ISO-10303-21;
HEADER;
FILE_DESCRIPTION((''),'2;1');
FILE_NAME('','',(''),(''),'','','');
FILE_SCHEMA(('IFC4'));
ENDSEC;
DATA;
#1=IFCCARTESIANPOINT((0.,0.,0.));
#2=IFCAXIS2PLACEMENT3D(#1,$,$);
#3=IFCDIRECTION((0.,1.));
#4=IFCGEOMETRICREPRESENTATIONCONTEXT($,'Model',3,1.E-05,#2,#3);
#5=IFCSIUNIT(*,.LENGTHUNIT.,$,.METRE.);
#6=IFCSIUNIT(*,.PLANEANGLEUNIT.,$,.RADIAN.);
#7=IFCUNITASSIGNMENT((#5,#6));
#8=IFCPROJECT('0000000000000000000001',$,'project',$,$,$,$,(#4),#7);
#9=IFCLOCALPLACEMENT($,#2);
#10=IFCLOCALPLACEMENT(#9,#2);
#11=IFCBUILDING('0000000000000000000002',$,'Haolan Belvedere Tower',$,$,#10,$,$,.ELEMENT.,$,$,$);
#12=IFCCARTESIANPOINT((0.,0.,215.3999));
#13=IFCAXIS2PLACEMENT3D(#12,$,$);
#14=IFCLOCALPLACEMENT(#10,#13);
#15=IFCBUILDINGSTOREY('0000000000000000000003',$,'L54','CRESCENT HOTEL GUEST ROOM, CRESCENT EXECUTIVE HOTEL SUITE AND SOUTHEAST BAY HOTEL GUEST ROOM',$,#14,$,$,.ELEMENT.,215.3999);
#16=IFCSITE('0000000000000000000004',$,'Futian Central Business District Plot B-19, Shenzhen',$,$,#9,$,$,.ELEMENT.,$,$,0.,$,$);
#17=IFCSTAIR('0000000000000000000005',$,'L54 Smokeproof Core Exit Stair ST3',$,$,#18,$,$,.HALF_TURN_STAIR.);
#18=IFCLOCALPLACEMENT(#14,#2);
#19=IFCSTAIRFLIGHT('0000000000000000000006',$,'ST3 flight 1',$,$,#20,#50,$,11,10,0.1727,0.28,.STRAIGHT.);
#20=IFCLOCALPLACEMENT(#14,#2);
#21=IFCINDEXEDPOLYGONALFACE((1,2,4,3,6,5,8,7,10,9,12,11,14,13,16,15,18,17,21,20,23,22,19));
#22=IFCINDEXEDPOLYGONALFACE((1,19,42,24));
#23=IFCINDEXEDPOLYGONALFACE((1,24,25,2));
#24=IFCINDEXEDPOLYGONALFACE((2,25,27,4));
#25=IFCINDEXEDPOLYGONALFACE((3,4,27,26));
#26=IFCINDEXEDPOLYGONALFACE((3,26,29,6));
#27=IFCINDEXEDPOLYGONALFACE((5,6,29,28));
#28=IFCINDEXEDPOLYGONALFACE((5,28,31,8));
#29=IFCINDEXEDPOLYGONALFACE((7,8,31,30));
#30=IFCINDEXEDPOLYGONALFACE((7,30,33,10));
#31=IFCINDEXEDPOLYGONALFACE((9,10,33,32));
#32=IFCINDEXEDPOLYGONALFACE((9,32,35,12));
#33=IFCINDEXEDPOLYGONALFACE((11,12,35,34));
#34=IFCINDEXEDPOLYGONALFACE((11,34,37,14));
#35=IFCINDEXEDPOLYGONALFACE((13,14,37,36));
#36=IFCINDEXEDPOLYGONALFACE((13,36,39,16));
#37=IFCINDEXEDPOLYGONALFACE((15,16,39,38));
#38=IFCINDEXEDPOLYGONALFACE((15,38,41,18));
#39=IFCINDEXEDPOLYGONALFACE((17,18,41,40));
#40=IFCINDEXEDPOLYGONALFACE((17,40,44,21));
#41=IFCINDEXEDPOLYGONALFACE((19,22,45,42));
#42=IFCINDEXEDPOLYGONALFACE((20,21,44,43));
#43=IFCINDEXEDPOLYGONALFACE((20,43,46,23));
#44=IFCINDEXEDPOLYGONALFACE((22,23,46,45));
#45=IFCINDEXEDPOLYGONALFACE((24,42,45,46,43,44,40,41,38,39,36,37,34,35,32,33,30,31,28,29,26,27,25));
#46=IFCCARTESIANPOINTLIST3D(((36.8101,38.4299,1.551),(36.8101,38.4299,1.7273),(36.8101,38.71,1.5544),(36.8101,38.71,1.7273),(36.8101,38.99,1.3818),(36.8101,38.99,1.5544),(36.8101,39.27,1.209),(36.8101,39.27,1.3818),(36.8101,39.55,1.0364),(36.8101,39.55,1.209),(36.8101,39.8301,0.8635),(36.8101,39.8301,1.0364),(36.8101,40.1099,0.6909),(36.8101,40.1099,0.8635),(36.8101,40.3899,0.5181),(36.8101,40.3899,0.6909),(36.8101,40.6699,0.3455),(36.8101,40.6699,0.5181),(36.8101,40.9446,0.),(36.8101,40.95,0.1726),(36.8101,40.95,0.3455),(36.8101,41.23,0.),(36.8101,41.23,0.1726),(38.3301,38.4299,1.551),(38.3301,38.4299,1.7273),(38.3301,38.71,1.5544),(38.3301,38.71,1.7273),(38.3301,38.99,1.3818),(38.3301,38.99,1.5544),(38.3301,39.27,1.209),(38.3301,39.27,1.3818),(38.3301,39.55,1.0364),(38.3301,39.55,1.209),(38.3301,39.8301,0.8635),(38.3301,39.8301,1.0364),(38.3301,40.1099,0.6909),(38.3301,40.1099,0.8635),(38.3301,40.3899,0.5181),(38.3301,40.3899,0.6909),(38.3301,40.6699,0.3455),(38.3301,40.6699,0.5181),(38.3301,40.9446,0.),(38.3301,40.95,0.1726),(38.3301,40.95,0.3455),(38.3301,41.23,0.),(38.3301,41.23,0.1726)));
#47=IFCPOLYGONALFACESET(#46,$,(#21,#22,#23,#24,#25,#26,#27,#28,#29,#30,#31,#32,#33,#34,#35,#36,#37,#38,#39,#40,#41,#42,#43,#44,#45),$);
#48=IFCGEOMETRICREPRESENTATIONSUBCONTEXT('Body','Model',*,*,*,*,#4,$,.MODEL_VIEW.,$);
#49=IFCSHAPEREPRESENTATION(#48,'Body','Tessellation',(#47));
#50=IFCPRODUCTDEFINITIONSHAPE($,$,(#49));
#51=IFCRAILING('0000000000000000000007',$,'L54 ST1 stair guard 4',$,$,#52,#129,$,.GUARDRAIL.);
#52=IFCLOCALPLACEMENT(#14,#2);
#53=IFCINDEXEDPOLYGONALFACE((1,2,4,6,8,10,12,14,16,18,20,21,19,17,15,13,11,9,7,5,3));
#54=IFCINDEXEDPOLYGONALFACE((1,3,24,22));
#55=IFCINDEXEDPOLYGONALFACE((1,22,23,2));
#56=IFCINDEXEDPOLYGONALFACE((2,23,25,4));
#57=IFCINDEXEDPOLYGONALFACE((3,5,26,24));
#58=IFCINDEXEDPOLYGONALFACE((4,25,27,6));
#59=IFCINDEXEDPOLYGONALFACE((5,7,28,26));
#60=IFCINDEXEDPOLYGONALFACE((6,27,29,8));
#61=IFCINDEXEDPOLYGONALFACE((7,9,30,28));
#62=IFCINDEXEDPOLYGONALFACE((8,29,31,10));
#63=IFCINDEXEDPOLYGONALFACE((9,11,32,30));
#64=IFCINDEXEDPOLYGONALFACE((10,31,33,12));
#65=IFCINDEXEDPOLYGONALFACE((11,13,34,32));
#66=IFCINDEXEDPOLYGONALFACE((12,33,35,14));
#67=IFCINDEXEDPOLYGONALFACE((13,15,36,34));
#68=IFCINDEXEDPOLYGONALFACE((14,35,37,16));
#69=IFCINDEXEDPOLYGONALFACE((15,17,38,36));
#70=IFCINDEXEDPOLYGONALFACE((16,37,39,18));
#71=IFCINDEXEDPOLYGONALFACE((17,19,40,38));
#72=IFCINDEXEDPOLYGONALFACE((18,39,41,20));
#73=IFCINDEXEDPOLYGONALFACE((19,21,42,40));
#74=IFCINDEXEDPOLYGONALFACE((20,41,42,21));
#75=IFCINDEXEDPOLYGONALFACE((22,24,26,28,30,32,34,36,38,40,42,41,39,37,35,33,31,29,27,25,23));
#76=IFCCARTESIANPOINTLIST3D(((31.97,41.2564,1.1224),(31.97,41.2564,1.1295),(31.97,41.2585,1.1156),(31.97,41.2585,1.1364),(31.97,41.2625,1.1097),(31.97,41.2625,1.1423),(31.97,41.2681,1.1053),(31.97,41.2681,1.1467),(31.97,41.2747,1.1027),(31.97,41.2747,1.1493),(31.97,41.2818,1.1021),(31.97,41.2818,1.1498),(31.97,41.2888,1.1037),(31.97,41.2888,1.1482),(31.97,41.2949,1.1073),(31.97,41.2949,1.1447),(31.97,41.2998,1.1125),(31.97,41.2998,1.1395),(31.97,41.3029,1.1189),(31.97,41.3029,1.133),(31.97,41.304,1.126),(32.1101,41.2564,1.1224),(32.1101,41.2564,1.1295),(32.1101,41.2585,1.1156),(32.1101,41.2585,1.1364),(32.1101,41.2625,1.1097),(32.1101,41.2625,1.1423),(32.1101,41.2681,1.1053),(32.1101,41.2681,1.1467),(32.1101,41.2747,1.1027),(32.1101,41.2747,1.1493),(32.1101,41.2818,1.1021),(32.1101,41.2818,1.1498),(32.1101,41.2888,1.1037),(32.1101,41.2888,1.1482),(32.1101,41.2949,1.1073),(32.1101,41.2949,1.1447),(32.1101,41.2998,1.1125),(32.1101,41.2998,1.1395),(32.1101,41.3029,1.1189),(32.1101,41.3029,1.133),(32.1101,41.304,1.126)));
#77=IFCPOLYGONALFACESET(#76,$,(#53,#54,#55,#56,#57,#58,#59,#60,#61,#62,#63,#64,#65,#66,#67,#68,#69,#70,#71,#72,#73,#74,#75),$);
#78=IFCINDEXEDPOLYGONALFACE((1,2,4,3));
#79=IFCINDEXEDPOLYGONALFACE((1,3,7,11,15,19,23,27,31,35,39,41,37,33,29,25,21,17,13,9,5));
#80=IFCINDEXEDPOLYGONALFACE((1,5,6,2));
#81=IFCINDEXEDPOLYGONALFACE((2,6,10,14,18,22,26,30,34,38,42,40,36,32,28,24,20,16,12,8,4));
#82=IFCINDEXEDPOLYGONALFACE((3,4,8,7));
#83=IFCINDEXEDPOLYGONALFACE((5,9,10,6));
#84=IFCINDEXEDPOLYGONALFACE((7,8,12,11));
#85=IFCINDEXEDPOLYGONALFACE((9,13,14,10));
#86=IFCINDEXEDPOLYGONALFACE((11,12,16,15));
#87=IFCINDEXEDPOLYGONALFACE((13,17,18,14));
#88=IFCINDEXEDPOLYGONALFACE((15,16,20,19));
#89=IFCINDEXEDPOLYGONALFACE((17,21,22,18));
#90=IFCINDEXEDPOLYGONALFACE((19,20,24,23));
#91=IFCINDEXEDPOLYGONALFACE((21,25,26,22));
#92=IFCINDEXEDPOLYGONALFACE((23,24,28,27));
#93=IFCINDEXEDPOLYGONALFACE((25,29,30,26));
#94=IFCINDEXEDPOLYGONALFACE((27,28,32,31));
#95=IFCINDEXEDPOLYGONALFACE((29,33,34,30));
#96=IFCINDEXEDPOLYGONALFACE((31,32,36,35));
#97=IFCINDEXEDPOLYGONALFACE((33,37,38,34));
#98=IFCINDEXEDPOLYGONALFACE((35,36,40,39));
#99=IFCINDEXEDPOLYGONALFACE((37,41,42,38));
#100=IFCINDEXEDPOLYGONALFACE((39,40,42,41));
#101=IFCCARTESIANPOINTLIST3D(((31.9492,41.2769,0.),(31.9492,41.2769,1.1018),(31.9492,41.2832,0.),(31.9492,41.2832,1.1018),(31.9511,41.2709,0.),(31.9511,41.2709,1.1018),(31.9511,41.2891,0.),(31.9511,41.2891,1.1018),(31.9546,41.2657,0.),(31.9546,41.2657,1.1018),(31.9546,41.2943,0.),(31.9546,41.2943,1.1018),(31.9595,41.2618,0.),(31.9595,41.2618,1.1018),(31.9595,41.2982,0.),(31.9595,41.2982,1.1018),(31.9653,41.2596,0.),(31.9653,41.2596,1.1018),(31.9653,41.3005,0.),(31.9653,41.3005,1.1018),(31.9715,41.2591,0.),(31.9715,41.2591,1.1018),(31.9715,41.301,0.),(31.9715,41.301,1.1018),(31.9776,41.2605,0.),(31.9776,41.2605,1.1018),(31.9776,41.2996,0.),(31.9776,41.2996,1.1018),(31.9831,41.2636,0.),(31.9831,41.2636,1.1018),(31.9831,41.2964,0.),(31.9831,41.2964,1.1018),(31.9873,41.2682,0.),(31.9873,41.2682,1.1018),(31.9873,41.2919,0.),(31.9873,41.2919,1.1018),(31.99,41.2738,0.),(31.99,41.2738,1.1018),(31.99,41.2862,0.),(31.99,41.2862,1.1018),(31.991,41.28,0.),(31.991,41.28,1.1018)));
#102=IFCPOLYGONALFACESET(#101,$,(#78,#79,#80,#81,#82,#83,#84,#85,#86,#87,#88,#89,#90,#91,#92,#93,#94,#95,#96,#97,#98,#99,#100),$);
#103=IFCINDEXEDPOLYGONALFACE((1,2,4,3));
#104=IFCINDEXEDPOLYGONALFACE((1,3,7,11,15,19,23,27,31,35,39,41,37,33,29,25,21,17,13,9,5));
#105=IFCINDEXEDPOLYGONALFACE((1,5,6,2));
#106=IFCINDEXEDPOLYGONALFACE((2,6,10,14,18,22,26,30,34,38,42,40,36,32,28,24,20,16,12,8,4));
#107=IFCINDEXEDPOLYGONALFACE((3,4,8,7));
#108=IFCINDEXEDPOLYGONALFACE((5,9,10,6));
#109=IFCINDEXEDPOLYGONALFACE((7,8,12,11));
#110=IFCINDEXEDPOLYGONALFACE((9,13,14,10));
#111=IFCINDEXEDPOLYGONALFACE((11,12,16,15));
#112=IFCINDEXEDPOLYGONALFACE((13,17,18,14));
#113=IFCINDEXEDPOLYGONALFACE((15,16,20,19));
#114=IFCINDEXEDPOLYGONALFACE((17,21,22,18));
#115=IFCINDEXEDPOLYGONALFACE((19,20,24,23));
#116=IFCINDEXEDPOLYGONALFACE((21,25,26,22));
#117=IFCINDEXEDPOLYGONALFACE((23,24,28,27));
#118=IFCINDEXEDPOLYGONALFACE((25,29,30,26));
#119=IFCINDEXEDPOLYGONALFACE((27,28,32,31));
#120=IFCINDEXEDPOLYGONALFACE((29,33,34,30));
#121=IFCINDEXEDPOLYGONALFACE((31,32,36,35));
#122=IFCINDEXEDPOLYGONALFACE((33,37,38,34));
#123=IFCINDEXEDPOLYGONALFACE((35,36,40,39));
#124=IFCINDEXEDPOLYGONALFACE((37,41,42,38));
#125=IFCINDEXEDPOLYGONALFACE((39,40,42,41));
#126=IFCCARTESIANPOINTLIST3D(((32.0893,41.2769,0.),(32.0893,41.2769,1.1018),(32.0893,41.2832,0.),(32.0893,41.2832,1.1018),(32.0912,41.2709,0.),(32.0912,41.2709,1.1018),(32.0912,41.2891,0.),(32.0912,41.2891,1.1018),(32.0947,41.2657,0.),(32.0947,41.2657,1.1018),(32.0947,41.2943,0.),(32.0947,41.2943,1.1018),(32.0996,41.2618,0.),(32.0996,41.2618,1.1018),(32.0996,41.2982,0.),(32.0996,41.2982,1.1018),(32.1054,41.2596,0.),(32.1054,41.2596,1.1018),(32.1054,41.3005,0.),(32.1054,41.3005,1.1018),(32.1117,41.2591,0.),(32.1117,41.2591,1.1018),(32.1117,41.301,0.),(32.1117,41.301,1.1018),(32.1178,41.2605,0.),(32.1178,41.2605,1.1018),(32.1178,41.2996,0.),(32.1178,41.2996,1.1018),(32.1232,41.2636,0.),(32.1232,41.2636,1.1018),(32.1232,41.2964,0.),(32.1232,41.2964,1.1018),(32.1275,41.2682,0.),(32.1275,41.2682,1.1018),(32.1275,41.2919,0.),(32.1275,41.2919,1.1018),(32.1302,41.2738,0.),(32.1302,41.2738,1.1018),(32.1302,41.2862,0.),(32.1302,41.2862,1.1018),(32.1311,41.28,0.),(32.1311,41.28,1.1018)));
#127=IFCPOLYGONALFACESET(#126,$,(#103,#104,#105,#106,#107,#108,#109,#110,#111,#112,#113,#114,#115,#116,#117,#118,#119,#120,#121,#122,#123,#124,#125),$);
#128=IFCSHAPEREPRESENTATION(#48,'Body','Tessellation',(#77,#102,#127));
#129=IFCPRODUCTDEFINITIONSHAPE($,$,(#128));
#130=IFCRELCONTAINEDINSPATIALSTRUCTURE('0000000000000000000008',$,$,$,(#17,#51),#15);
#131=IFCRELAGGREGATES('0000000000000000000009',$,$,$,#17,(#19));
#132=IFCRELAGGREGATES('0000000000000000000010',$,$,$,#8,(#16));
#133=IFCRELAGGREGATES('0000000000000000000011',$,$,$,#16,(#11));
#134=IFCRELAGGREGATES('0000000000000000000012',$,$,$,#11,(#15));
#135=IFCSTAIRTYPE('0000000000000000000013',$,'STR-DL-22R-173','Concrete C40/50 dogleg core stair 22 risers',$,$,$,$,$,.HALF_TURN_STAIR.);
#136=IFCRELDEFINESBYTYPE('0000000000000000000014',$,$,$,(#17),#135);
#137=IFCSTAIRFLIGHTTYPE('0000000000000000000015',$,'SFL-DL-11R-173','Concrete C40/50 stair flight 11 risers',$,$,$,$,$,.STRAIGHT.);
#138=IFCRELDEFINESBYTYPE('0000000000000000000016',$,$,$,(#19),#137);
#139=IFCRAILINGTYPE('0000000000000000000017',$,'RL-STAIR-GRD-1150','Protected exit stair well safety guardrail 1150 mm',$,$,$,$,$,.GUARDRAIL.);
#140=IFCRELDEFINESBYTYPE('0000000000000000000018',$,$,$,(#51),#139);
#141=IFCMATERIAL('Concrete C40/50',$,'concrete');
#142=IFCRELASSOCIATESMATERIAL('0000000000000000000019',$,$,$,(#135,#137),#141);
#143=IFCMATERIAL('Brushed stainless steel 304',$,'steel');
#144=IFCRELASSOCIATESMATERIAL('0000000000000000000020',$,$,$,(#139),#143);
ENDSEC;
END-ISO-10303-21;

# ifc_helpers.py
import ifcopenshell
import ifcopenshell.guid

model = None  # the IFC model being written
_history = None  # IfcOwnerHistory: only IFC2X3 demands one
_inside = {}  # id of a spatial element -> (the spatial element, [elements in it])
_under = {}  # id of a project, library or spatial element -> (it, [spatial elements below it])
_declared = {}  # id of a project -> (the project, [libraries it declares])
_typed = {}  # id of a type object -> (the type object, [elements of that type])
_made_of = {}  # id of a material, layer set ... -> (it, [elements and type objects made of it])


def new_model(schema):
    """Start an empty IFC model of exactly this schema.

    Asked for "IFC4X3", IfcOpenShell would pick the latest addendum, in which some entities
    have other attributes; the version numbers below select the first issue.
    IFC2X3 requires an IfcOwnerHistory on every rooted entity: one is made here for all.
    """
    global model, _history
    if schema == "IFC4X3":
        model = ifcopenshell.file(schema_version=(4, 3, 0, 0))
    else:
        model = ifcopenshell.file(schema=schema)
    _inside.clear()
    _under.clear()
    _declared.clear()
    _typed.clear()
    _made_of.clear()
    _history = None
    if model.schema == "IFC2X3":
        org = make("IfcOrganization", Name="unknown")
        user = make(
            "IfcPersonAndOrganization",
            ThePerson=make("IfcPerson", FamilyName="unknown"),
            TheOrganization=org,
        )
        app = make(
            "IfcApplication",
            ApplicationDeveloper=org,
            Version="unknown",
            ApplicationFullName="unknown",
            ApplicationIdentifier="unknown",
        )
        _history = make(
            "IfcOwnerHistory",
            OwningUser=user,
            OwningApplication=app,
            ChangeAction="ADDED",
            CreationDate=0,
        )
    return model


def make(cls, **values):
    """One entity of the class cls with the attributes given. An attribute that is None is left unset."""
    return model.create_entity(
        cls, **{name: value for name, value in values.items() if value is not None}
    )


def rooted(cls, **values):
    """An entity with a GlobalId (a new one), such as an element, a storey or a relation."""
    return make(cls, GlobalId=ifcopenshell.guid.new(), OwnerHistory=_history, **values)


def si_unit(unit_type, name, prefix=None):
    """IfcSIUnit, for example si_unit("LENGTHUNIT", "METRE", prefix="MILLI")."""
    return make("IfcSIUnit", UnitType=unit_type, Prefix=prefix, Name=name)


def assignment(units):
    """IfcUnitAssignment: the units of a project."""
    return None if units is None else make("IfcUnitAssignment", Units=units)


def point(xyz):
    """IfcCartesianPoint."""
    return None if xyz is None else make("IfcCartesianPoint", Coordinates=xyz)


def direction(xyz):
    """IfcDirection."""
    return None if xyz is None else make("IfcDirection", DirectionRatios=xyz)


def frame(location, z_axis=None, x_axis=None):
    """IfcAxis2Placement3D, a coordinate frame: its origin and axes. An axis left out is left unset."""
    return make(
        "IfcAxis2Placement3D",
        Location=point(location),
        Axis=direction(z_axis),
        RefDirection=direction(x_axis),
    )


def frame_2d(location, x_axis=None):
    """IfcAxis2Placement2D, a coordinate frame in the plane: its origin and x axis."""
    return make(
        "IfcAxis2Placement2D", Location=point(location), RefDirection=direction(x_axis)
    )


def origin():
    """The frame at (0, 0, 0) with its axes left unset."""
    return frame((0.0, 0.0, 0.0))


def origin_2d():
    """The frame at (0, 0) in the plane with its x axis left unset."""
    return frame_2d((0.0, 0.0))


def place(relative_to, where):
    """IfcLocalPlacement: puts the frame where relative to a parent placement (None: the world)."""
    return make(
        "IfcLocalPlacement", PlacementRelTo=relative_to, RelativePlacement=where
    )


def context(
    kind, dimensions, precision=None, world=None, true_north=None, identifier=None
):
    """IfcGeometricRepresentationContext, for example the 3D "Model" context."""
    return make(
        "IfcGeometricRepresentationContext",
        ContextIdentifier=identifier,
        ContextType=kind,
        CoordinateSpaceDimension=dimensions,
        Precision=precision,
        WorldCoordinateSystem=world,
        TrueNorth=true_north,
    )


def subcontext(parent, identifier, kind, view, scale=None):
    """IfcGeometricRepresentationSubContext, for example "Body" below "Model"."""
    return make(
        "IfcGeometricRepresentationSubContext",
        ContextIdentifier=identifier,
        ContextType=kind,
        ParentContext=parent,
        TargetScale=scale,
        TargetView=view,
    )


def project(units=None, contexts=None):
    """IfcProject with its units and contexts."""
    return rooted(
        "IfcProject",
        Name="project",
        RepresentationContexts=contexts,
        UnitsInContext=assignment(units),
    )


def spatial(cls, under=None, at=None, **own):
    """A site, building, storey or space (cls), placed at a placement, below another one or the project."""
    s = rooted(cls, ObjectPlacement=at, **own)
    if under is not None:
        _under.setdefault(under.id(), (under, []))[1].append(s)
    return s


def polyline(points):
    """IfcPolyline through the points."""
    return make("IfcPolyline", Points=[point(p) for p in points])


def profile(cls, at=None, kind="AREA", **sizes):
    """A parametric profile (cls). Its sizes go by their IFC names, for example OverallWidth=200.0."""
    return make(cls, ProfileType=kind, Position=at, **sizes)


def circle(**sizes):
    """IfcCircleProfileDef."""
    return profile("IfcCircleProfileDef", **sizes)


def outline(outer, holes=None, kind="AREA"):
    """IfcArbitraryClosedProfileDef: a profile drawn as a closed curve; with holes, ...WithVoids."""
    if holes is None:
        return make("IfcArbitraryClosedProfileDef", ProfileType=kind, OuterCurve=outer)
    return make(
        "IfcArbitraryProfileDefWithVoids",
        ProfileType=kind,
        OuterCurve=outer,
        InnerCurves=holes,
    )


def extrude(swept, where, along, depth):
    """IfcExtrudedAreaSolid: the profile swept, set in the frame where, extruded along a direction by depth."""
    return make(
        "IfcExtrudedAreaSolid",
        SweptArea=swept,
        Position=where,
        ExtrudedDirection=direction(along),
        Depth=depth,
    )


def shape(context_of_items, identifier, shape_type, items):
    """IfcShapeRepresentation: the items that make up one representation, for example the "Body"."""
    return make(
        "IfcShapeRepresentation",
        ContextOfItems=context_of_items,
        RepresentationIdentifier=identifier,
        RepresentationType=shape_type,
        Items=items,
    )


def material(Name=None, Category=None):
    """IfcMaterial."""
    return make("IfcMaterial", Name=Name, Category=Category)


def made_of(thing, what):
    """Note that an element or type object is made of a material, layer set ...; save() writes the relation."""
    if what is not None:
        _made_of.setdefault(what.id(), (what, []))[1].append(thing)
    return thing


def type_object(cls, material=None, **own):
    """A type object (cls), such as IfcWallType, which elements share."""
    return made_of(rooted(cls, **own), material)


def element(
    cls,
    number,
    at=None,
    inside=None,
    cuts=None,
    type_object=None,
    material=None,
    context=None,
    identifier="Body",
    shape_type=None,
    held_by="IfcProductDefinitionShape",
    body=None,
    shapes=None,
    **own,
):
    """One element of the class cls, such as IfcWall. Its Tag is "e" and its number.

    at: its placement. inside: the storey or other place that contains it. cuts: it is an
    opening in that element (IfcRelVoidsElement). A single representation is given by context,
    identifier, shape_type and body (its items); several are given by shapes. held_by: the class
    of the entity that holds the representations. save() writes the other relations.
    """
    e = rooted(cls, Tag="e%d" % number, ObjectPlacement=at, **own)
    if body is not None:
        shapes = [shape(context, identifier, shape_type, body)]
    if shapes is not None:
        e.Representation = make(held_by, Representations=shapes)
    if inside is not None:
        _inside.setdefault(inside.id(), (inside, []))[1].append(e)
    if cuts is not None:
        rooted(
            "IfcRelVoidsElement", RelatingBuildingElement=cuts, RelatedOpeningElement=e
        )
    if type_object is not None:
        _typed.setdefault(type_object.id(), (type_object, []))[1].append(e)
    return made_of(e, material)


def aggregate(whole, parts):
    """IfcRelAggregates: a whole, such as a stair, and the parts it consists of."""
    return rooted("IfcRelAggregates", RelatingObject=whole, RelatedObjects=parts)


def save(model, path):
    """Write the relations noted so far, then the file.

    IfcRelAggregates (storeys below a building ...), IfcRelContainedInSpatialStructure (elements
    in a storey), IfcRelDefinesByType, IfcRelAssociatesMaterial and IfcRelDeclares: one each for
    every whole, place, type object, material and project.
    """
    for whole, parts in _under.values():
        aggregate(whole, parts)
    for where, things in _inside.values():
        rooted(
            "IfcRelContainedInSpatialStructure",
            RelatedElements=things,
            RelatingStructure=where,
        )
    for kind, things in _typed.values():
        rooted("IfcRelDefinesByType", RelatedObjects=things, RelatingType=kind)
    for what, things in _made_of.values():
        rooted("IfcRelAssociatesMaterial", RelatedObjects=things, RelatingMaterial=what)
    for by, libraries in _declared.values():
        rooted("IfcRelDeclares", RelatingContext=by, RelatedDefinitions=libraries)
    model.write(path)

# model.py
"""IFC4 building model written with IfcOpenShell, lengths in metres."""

from ifc_helpers import new_model, si_unit, direction, frame, origin, origin_2d, place, context, subcontext, project, spatial, polyline, circle, outline, extrude, material, type_object, element, aggregate, save


model = new_model("IFC4")

# Units and contexts
model_context = context("Model", 3, precision=1e-05, world=origin(), true_north=direction((0.0, 1.0)))
body_context = subcontext(model_context, "Body", "Model", "MODEL_VIEW")
ifc_project = project(units=[si_unit("LENGTHUNIT", "METRE"), si_unit("PLANEANGLEUNIT", "RADIAN")], contexts=[model_context])

# Site, building, storey
site_placement = place(None, origin())
site = spatial("IfcSite", under=ifc_project, at=site_placement, Name="Futian Central Business District Plot B-19, Shenzhen", CompositionType="ELEMENT", RefElevation=0.0)
building_placement = place(site_placement, origin())
building = spatial("IfcBuilding", under=site, at=building_placement, Name="Haolan Belvedere Tower", CompositionType="ELEMENT")
storey_placement = place(building_placement, frame((0.0, 0.0, 215.3999)))
storey = spatial("IfcBuildingStorey", under=building, at=storey_placement, Name="L54", Description="CRESCENT HOTEL GUEST ROOM, CRESCENT EXECUTIVE HOTEL SUITE AND SOUTHEAST BAY HOTEL GUEST ROOM", CompositionType="ELEMENT", Elevation=215.3999)

# Shared definitions
ifc_material_1 = material(Name="Concrete C40/50", Category="concrete")

# Stair, stair flight
stair_type = type_object("IfcStairType", Name="STR-DL-22R-173", Description="Concrete C40/50 dogleg core stair 22 risers", PredefinedType="HALF_TURN_STAIR", material=ifc_material_1)
stair_placement = place(storey_placement, origin())
stair = element("IfcStair", 1, at=stair_placement, inside=storey, type_object=stair_type, Name="L54 Smokeproof Core Exit Stair ST3", PredefinedType="HALF_TURN_STAIR")
stair_flight_type = type_object("IfcStairFlightType", Name="SFL-DL-11R-173", Description="Concrete C40/50 stair flight 11 risers", PredefinedType="STRAIGHT", material=ifc_material_1)
stair_flight_placement = place(storey_placement, frame((37.5701, 41.23, 0.0), z_axis=(0.0, 0.0, 1.0), x_axis=(0.0, -1.0, 0.0)))
stair_flight = element("IfcStairFlight", 2, at=stair_flight_placement, type_object=stair_flight_type, Name="ST3 flight 1", NumberOfRisers=11, NumberOfTreads=10, PredefinedType="STRAIGHT", RiserHeight=0.1727, TreadLength=0.28, context=body_context, shape_type="SweptSolid", body=[
    extrude(outline(polyline([(0.0, 0.0), (0.0, 0.1726), (0.28, 0.1726), (0.28, 0.3455), (0.5601, 0.3455), (0.5601, 0.5181), (0.8401, 0.5181), (0.8401, 0.6909), (1.1201, 0.6909), (1.1201, 0.8635), (1.3999, 0.8635), (1.3999, 1.0364), (1.6799, 1.0364), (1.6799, 1.209), (1.96, 1.209), (1.96, 1.3818), (2.24, 1.3818), (2.24, 1.5544), (2.52, 1.5544), (2.52, 1.7273), (2.8, 1.7273), (2.8, 1.8999), (2.8, 1.551), (0.2854, 0.0), (0.0, 0.0)])), frame((0.0, 0.76, 0.0), z_axis=(0.0, -1.0, 0.0), x_axis=(1.0, 0.0, 0.0)), (0.0, 0.0, 1.0), 1.52),
])
aggregate(stair, [stair_flight])

# Railing
ifc_material_2 = material(Name="Brushed stainless steel 304", Category="steel")
railing_type_1 = type_object("IfcRailingType", Name="RL-STAIR-GRD-1150", Description="Protected exit stair well safety guardrail 1150 mm", PredefinedType="GUARDRAIL", material=ifc_material_2)
railing_1_placement = place(storey_placement, frame((31.97, 41.28, 0.0)))
element("IfcRailing", 3, at=railing_1_placement, inside=storey, type_object=railing_type_1, Name="L54 ST1 stair guard 4", PredefinedType="GUARDRAIL", context=body_context, shape_type="SweptSolid", body=[
    extrude(circle(Radius=0.0239, at=origin_2d()), frame((0.0, 0.0, 1.126), z_axis=(1.0, 0.0, 0.0), x_axis=(0.0, 1.0, 0.0)), (0.0, 0.0, 1.0), 0.1401),
    extrude(circle(Radius=0.021, at=origin_2d()), origin(), (0.0, 0.0, 1.0), 1.1018),
    extrude(circle(Radius=0.021, at=origin_2d()), frame((0.1401, 0.0, 0.0)), (0.0, 0.0, 1.0), 1.1018),
])

save(model, "model.ifc")
